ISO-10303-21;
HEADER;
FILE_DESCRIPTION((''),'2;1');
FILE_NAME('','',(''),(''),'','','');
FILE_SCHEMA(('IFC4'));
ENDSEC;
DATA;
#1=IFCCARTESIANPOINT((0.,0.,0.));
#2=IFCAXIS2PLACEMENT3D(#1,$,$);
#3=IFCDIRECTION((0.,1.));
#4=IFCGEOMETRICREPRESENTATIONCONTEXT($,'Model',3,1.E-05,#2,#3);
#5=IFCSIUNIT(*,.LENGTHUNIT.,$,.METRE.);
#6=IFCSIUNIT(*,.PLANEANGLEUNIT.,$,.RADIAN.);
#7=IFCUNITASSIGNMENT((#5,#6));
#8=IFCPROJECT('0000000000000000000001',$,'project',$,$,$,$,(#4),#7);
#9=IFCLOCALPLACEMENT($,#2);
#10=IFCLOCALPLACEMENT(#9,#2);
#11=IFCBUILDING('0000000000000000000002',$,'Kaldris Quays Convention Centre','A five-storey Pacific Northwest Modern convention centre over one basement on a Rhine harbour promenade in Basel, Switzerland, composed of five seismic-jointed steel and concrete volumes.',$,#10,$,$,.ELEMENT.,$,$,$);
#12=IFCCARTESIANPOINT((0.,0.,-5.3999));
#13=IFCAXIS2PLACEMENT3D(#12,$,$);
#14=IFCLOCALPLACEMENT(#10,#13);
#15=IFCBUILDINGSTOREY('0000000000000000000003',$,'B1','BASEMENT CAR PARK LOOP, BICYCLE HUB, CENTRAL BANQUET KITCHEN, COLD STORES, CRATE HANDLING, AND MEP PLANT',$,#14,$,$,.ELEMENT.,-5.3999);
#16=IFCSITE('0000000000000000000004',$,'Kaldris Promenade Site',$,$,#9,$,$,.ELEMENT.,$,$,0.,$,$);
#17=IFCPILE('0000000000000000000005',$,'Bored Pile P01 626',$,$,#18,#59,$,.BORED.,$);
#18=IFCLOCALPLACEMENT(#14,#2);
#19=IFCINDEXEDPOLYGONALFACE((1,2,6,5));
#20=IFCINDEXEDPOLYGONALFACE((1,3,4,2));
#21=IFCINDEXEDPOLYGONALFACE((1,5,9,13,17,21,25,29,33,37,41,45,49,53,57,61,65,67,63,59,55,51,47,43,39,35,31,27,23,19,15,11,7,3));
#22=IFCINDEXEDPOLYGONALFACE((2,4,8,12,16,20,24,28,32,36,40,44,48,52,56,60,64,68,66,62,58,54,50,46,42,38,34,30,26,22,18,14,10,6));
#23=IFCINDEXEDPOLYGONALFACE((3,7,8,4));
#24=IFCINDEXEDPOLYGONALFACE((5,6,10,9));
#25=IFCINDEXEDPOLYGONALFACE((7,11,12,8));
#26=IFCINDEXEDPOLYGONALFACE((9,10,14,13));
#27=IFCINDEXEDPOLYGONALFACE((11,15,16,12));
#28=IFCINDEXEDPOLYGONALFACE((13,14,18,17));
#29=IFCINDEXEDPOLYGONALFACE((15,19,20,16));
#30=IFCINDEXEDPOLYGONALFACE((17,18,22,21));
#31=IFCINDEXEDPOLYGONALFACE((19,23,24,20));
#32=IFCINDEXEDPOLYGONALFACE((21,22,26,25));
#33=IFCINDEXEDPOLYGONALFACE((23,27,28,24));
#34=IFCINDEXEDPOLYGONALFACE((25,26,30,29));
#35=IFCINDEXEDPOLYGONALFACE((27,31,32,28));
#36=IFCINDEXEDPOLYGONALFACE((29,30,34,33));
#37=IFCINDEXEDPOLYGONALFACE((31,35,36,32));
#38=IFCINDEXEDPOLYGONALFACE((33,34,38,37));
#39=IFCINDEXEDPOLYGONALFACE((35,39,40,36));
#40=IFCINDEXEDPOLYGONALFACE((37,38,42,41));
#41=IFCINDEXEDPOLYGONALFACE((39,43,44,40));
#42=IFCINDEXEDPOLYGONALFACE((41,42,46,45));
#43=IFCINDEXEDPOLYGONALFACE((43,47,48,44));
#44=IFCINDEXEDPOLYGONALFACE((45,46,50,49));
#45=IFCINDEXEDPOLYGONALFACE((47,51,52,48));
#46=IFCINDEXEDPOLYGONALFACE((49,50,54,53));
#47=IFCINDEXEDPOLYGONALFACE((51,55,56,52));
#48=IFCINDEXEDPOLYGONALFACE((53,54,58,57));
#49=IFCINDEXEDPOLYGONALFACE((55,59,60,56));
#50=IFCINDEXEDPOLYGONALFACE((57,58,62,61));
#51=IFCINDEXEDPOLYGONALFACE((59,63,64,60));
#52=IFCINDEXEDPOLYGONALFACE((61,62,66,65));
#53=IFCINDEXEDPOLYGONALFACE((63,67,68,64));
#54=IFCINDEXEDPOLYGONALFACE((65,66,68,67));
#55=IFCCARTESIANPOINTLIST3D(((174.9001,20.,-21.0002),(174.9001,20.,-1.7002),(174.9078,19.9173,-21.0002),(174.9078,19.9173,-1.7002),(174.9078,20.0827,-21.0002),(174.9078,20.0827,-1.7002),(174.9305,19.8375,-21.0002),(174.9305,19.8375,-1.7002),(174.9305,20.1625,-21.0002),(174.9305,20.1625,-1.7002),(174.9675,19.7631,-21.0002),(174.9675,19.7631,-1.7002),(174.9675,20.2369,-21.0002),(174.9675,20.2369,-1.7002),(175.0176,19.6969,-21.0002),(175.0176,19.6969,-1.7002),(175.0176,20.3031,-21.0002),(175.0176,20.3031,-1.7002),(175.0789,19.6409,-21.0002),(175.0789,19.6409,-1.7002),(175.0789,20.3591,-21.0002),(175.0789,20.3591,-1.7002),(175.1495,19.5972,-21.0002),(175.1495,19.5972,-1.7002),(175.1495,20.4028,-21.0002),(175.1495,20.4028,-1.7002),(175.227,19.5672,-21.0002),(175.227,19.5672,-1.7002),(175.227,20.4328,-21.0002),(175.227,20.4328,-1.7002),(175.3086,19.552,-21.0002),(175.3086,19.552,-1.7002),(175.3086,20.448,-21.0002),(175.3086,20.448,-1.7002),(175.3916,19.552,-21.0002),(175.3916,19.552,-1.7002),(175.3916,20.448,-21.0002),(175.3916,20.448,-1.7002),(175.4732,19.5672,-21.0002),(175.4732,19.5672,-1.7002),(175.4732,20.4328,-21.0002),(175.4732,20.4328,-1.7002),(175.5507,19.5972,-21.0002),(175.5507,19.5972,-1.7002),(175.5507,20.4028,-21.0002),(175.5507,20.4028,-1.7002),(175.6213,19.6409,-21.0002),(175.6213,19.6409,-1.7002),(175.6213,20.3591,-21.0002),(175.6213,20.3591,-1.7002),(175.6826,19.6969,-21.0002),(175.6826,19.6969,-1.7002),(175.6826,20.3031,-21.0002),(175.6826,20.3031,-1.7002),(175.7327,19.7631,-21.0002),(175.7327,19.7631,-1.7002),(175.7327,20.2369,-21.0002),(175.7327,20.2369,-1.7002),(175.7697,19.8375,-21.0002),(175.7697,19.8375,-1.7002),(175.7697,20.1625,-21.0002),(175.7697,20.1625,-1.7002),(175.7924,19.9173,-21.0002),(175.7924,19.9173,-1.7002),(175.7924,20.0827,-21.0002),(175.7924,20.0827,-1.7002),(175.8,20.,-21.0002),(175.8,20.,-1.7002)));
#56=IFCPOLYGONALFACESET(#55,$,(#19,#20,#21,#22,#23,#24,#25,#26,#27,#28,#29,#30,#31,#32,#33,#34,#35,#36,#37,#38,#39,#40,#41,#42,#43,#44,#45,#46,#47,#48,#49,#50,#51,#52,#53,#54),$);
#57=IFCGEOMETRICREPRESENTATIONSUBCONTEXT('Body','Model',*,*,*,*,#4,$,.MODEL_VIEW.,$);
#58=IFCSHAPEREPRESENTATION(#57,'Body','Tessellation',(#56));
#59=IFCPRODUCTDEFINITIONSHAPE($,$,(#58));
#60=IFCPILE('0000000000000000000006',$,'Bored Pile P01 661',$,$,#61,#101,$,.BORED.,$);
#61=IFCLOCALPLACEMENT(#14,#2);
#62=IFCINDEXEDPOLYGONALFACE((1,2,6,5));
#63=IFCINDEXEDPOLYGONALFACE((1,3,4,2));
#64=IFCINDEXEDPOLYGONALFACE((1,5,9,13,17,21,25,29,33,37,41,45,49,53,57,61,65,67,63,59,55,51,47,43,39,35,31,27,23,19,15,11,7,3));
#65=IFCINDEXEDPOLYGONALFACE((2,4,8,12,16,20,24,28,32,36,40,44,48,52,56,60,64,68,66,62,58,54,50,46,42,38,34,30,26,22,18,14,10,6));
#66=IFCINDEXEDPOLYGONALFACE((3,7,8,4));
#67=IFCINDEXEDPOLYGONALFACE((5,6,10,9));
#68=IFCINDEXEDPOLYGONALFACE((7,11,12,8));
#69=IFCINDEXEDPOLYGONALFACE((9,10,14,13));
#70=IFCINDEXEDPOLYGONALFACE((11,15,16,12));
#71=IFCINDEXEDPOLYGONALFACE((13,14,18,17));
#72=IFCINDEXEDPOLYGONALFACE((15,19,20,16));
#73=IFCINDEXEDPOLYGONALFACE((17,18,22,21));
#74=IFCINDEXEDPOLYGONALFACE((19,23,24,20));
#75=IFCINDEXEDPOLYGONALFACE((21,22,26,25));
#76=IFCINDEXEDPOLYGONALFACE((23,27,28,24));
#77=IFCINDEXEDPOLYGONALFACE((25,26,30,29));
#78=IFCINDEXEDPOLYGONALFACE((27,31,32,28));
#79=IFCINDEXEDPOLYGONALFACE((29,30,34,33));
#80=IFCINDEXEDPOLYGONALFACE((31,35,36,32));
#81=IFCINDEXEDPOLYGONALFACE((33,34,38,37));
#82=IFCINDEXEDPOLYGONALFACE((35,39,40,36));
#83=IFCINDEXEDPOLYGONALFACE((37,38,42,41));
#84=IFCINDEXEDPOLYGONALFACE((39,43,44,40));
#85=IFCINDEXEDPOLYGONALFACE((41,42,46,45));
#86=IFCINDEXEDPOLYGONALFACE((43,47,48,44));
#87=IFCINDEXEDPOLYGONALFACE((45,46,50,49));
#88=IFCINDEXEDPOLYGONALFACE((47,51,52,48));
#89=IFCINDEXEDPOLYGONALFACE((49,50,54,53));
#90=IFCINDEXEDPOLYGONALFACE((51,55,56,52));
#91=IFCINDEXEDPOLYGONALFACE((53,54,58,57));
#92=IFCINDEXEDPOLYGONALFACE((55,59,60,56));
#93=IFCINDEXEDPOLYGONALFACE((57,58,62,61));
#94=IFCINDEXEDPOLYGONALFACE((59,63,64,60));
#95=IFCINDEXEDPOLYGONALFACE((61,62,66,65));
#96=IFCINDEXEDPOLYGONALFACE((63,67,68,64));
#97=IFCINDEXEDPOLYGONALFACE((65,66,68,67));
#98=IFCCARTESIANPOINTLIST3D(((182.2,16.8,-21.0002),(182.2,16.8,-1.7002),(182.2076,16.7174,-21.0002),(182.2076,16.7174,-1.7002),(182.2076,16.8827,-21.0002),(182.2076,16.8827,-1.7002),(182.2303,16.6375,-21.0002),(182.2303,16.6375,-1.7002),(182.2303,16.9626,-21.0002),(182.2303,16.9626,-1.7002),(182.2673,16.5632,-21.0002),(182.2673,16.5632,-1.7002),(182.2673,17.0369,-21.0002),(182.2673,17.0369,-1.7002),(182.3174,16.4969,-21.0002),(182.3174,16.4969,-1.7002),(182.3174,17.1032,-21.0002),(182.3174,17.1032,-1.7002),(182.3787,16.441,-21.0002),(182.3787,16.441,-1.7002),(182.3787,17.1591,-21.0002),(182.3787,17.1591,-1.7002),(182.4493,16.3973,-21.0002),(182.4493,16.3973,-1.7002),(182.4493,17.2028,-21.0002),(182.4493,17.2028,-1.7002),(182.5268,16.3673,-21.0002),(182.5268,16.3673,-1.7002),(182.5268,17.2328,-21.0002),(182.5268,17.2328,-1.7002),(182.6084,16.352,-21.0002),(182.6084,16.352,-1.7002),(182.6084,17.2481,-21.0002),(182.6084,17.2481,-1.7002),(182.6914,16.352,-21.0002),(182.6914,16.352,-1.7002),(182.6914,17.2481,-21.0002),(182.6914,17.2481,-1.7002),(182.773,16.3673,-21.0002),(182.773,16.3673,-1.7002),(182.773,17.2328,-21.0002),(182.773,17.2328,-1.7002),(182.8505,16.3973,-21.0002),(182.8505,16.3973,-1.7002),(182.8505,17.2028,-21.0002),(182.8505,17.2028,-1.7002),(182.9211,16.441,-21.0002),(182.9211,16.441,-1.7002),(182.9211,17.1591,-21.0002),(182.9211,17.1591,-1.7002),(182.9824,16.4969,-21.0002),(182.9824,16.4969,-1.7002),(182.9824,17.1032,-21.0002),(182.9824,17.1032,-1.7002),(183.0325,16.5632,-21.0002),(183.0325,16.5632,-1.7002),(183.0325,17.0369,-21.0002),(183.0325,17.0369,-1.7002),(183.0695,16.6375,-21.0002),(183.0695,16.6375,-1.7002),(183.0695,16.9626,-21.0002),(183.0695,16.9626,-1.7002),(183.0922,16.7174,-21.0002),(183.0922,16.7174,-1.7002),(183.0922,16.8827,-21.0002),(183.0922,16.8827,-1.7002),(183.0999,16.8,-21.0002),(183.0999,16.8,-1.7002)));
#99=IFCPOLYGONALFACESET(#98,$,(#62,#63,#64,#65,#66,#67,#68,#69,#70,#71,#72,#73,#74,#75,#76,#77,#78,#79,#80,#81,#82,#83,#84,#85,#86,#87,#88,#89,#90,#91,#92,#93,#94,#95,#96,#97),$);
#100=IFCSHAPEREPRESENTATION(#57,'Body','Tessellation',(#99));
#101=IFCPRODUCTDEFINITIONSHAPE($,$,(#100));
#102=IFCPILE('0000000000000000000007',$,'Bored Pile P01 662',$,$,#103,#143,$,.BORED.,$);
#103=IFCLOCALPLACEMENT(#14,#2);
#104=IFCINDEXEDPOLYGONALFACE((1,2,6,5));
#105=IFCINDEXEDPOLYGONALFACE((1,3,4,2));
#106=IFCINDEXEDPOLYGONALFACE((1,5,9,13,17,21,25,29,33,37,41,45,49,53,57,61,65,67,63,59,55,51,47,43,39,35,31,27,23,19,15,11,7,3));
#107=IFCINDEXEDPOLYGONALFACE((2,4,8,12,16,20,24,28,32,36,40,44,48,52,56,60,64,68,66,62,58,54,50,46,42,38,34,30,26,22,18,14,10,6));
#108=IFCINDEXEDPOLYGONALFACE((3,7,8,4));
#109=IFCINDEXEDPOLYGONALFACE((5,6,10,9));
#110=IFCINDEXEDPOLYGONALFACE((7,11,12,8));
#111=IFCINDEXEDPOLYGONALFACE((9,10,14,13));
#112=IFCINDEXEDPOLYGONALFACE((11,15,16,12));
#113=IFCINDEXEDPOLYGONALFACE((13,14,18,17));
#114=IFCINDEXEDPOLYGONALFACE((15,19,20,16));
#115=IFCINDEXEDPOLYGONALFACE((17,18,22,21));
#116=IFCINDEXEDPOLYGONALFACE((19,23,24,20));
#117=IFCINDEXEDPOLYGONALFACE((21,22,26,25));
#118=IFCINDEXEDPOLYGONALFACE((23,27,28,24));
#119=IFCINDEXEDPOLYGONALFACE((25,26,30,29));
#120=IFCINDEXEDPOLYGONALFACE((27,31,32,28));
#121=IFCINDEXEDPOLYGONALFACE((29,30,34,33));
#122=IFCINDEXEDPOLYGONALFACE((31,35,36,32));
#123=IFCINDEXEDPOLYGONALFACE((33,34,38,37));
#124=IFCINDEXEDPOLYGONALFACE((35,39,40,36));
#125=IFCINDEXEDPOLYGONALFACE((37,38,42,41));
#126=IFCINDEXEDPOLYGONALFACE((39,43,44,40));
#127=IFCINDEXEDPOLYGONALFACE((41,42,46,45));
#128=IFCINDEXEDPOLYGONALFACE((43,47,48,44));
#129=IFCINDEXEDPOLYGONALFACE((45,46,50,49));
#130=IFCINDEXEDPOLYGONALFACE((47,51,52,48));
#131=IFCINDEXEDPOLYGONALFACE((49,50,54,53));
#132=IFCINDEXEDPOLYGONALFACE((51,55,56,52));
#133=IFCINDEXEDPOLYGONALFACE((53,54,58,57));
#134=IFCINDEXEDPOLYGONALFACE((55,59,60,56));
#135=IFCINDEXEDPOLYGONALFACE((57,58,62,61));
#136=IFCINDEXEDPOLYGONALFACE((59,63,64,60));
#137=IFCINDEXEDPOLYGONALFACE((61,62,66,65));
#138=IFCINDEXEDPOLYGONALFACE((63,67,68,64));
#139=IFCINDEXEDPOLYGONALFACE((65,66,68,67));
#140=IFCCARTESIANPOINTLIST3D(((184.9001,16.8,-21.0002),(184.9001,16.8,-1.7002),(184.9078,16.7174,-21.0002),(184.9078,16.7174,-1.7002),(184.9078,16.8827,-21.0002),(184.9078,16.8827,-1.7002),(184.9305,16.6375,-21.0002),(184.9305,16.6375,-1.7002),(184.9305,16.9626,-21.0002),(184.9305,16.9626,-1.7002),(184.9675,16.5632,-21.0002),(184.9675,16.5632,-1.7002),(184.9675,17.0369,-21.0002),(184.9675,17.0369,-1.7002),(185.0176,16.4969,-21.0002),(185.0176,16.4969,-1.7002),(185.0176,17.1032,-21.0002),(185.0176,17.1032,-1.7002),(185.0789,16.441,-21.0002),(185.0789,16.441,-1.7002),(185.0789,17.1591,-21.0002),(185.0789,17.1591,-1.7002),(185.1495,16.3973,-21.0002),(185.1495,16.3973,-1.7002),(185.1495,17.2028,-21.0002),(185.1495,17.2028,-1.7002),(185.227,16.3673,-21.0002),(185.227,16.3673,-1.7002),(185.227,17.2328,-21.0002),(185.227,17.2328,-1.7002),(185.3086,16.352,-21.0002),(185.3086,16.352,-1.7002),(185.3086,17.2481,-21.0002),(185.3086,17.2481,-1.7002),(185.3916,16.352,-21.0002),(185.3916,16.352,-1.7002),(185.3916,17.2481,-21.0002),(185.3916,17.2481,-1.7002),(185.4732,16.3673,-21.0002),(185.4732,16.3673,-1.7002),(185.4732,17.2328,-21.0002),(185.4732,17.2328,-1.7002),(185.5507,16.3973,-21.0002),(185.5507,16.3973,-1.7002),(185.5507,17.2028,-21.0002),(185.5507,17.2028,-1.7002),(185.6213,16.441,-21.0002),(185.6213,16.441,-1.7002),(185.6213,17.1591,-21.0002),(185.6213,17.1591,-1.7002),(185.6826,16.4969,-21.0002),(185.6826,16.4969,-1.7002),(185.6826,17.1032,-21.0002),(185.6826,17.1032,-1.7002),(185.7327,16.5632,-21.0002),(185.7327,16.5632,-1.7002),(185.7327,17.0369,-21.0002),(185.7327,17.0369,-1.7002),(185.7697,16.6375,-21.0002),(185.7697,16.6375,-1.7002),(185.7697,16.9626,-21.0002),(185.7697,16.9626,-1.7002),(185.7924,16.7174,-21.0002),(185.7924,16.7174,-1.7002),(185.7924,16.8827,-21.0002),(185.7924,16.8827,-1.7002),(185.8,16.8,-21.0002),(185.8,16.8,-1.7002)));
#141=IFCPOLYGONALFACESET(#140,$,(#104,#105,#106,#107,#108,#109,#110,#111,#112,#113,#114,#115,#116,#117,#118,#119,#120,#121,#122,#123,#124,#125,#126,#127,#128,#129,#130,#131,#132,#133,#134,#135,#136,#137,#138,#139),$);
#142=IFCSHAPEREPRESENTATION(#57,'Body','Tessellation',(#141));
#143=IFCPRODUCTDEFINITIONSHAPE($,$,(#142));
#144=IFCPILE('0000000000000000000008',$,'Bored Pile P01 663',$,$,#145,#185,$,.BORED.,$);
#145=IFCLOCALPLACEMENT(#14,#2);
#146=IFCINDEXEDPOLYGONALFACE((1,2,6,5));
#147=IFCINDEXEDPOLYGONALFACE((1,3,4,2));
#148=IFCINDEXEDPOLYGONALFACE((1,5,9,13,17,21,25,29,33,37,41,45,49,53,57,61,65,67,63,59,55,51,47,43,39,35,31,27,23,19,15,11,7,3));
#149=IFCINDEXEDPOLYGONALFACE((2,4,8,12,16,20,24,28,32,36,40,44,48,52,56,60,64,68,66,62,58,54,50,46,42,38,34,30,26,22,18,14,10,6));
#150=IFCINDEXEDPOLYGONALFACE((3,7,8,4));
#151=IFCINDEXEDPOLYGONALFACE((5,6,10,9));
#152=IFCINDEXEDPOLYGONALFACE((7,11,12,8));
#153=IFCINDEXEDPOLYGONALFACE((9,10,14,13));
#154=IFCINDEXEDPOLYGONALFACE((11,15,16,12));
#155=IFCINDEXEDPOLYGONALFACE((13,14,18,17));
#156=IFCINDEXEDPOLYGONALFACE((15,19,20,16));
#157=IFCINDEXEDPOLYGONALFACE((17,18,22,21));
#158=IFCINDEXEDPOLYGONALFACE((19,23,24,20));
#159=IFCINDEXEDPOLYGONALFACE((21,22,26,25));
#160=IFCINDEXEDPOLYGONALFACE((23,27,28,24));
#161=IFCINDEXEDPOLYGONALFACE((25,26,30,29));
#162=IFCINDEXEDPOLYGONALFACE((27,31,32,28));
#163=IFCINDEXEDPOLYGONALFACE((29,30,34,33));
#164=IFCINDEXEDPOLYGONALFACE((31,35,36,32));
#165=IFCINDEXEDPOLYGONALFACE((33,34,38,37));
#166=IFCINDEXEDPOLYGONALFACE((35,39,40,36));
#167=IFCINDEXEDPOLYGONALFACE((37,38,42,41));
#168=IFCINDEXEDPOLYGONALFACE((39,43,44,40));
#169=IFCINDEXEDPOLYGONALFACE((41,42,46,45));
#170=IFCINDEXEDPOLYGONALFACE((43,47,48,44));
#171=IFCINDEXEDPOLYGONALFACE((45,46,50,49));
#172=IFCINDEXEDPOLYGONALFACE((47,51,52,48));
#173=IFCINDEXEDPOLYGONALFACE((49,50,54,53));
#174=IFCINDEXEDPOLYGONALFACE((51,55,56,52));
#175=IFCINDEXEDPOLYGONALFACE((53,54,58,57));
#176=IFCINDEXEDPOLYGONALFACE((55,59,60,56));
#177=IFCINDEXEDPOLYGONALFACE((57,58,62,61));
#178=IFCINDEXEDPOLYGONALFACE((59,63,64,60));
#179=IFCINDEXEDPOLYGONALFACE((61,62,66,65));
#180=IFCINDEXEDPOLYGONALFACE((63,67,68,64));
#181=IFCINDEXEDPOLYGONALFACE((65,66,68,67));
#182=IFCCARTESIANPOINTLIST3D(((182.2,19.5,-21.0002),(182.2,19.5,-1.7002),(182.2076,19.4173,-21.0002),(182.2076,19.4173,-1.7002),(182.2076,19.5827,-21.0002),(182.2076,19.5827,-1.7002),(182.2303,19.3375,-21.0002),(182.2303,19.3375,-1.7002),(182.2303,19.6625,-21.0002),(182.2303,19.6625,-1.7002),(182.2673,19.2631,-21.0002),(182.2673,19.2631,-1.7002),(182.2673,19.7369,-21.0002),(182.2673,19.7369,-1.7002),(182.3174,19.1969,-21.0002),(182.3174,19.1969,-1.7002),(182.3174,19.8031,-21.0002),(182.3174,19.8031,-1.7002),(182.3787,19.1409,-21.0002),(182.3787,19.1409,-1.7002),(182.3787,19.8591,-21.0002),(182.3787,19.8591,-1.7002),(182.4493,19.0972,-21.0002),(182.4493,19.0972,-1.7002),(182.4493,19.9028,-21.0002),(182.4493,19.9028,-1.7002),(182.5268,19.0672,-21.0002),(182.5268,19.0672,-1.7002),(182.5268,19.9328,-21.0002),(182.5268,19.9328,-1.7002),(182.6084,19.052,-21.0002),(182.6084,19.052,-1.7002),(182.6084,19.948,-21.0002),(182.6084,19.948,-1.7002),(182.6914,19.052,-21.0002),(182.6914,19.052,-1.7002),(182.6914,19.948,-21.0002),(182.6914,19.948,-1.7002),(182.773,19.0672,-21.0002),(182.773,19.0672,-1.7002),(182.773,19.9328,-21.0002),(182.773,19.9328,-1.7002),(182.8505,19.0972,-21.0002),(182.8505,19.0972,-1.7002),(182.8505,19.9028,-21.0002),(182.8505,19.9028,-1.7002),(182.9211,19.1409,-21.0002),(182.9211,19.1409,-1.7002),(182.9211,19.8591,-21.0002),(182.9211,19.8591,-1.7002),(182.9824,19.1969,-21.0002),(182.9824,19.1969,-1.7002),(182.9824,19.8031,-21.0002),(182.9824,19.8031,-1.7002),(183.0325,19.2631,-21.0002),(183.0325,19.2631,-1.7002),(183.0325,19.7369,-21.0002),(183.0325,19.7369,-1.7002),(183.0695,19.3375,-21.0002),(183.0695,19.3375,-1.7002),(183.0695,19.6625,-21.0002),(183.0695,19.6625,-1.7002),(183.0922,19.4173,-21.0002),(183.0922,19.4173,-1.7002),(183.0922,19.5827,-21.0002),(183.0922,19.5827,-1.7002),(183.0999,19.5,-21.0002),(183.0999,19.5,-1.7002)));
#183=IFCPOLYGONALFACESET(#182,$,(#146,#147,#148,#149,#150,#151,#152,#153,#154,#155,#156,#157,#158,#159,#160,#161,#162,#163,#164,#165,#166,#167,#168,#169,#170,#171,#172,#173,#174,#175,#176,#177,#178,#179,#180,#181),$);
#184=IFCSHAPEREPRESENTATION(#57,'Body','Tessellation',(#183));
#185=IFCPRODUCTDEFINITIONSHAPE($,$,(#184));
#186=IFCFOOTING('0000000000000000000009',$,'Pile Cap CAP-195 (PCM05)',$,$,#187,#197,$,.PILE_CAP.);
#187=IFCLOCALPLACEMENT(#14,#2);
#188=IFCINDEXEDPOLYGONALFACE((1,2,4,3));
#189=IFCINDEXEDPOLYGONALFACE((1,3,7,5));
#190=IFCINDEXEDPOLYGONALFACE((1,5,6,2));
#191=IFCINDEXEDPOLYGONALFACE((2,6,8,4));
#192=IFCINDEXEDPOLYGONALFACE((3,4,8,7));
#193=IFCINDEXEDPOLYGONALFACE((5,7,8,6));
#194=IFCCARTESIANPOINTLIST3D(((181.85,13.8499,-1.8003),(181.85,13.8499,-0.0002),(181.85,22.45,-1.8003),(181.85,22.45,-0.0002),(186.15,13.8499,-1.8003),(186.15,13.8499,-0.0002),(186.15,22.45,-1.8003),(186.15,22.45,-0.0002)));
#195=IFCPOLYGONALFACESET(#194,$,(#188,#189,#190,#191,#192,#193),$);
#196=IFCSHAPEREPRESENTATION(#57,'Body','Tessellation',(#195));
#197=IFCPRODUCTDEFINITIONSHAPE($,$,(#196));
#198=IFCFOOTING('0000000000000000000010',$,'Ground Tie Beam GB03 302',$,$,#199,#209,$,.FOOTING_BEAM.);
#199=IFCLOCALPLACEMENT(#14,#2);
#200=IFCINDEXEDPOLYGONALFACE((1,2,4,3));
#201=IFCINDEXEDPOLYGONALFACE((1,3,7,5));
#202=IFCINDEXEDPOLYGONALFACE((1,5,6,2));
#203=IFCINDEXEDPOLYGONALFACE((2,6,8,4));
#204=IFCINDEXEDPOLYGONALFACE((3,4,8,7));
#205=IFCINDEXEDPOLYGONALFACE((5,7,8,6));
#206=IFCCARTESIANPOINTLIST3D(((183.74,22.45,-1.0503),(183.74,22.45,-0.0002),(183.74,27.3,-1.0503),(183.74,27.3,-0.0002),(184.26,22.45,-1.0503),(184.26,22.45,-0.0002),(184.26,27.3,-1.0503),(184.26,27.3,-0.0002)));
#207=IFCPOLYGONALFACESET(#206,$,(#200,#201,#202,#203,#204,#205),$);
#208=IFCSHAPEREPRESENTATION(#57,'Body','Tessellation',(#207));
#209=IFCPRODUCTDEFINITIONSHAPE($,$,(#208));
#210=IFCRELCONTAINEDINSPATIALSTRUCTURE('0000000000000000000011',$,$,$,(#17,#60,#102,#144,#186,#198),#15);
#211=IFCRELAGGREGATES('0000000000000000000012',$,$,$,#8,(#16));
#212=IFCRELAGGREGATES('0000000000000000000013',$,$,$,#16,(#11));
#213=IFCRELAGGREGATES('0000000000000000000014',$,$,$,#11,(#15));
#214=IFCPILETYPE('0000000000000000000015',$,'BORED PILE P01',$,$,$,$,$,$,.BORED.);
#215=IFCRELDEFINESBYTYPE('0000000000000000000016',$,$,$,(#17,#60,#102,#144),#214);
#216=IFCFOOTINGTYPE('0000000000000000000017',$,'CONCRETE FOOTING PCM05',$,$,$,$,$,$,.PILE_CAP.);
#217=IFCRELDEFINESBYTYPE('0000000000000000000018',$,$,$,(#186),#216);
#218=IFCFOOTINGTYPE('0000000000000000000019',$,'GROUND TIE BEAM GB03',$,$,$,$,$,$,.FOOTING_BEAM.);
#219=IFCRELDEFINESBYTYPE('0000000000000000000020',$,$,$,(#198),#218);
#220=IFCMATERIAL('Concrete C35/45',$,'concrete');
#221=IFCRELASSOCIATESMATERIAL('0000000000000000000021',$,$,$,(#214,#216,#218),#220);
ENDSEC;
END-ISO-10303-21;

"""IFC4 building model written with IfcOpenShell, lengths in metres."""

from ifc_helpers import new_model, si_unit, direction, frame, origin, origin_2d, place, context, subcontext, project, spatial, rectangle, circle, extrude, material, material_profile, profile_set, type_object, element, save


model = new_model("IFC4")

# Units and contexts
model_context = context("Model", 3, precision=1e-05, world=origin(), true_north=direction((0.0, 1.0)))
body_context = subcontext(model_context, "Body", "Model", "MODEL_VIEW")
ifc_project = project(units=[si_unit("LENGTHUNIT", "METRE"), si_unit("PLANEANGLEUNIT", "RADIAN")], contexts=[model_context])

# Site, building, storey
site_placement = place(None, origin())
site = spatial("IfcSite", under=ifc_project, at=site_placement, Name="Kaldris Promenade Site", CompositionType="ELEMENT", RefElevation=0.0)
building_placement = place(site_placement, origin())
building = spatial("IfcBuilding", under=site, at=building_placement, Name="Kaldris Quays Convention Centre", Description="A five-storey Pacific Northwest Modern convention centre over one basement on a Rhine harbour promenade in Basel, Switzerland, composed of five seismic-jointed steel and concrete volumes.", CompositionType="ELEMENT")
storey_placement = place(building_placement, frame((0.0, 0.0, -5.3999)))
storey = spatial("IfcBuildingStorey", under=building, at=storey_placement, Name="B1", Description="BASEMENT CAR PARK LOOP, BICYCLE HUB, CENTRAL BANQUET KITCHEN, COLD STORES, CRATE HANDLING, AND MEP PLANT", CompositionType="ELEMENT", Elevation=-5.3999)

# Piles
ifc_material_1 = material(Name="Concrete C35/45", Category="concrete")
ifc_material_profile_1 = material_profile(ifc_material_1, circle(Radius=0.45, at=origin_2d()), Name="BORED PILE D900")
ifc_profile_set_1 = profile_set([ifc_material_profile_1], Name="Concrete C35/45")
pile_type = type_object("IfcPileType", Name="BORED PILE P01", PredefinedType="BORED", material=ifc_profile_set_1)
for number, where, z_axis, x_axis, name in (
    (1, (175.3501, 20.0, -1.7002), (0.0, 0.0, -1.0), (1.0, 0.0, 0.0), "Bored Pile P01 626"),
    (2, (182.6499, 16.8, -1.7002), (0.0, 0.0, -1.0), (1.0, 0.0, 0.0), "Bored Pile P01 661"),
    (3, (185.3501, 16.8, -1.7002), (0.0, 0.0, -1.0), (1.0, 0.0, 0.0), "Bored Pile P01 662"),
    (4, (182.6499, 19.5, -1.7002), (0.0, 0.0, -1.0), (1.0, 0.0, 0.0), "Bored Pile P01 663"),
):
    element("IfcPile", number, at=place(storey_placement, frame(where, z_axis=z_axis, x_axis=x_axis)), inside=storey, type_object=pile_type, Name=name, PredefinedType="BORED", context=body_context, shape_type="SweptSolid", body=[
        extrude(circle(Radius=0.45, at=origin_2d()), origin(), (0.0, 0.0, 1.0), 19.3),
    ])

# Footings
footing_type_1 = type_object("IfcFootingType", Name="CONCRETE FOOTING PCM05", PredefinedType="PILE_CAP", material=ifc_material_1)
footing_1_placement = place(storey_placement, frame((184.0, 18.1499, -1.8003), z_axis=(0.0, 0.0, 1.0), x_axis=(1.0, 0.0, 0.0)))
element("IfcFooting", 5, at=footing_1_placement, inside=storey, type_object=footing_type_1, Name="Pile Cap CAP-195 (PCM05)", PredefinedType="PILE_CAP", context=body_context, shape_type="SweptSolid", body=[
    extrude(rectangle(XDim=4.3, YDim=8.6001, at=origin_2d()), origin(), (0.0, 0.0, 1.0), 1.8),
])
footing_type_2 = type_object("IfcFootingType", Name="GROUND TIE BEAM GB03", PredefinedType="FOOTING_BEAM", material=ifc_material_1)
footing_2_placement = place(storey_placement, frame((184.0, 24.875, -1.0503), z_axis=(0.0, 0.0, 1.0), x_axis=(1.0, 0.0, 0.0)))
element("IfcFooting", 6, at=footing_2_placement, inside=storey, type_object=footing_type_2, Name="Ground Tie Beam GB03 302", PredefinedType="FOOTING_BEAM", context=body_context, shape_type="SweptSolid", body=[
    extrude(rectangle(XDim=0.52, YDim=4.8501, at=origin_2d()), origin(), (0.0, 0.0, 1.0), 1.05),
])

save(model, "model.ifc")
